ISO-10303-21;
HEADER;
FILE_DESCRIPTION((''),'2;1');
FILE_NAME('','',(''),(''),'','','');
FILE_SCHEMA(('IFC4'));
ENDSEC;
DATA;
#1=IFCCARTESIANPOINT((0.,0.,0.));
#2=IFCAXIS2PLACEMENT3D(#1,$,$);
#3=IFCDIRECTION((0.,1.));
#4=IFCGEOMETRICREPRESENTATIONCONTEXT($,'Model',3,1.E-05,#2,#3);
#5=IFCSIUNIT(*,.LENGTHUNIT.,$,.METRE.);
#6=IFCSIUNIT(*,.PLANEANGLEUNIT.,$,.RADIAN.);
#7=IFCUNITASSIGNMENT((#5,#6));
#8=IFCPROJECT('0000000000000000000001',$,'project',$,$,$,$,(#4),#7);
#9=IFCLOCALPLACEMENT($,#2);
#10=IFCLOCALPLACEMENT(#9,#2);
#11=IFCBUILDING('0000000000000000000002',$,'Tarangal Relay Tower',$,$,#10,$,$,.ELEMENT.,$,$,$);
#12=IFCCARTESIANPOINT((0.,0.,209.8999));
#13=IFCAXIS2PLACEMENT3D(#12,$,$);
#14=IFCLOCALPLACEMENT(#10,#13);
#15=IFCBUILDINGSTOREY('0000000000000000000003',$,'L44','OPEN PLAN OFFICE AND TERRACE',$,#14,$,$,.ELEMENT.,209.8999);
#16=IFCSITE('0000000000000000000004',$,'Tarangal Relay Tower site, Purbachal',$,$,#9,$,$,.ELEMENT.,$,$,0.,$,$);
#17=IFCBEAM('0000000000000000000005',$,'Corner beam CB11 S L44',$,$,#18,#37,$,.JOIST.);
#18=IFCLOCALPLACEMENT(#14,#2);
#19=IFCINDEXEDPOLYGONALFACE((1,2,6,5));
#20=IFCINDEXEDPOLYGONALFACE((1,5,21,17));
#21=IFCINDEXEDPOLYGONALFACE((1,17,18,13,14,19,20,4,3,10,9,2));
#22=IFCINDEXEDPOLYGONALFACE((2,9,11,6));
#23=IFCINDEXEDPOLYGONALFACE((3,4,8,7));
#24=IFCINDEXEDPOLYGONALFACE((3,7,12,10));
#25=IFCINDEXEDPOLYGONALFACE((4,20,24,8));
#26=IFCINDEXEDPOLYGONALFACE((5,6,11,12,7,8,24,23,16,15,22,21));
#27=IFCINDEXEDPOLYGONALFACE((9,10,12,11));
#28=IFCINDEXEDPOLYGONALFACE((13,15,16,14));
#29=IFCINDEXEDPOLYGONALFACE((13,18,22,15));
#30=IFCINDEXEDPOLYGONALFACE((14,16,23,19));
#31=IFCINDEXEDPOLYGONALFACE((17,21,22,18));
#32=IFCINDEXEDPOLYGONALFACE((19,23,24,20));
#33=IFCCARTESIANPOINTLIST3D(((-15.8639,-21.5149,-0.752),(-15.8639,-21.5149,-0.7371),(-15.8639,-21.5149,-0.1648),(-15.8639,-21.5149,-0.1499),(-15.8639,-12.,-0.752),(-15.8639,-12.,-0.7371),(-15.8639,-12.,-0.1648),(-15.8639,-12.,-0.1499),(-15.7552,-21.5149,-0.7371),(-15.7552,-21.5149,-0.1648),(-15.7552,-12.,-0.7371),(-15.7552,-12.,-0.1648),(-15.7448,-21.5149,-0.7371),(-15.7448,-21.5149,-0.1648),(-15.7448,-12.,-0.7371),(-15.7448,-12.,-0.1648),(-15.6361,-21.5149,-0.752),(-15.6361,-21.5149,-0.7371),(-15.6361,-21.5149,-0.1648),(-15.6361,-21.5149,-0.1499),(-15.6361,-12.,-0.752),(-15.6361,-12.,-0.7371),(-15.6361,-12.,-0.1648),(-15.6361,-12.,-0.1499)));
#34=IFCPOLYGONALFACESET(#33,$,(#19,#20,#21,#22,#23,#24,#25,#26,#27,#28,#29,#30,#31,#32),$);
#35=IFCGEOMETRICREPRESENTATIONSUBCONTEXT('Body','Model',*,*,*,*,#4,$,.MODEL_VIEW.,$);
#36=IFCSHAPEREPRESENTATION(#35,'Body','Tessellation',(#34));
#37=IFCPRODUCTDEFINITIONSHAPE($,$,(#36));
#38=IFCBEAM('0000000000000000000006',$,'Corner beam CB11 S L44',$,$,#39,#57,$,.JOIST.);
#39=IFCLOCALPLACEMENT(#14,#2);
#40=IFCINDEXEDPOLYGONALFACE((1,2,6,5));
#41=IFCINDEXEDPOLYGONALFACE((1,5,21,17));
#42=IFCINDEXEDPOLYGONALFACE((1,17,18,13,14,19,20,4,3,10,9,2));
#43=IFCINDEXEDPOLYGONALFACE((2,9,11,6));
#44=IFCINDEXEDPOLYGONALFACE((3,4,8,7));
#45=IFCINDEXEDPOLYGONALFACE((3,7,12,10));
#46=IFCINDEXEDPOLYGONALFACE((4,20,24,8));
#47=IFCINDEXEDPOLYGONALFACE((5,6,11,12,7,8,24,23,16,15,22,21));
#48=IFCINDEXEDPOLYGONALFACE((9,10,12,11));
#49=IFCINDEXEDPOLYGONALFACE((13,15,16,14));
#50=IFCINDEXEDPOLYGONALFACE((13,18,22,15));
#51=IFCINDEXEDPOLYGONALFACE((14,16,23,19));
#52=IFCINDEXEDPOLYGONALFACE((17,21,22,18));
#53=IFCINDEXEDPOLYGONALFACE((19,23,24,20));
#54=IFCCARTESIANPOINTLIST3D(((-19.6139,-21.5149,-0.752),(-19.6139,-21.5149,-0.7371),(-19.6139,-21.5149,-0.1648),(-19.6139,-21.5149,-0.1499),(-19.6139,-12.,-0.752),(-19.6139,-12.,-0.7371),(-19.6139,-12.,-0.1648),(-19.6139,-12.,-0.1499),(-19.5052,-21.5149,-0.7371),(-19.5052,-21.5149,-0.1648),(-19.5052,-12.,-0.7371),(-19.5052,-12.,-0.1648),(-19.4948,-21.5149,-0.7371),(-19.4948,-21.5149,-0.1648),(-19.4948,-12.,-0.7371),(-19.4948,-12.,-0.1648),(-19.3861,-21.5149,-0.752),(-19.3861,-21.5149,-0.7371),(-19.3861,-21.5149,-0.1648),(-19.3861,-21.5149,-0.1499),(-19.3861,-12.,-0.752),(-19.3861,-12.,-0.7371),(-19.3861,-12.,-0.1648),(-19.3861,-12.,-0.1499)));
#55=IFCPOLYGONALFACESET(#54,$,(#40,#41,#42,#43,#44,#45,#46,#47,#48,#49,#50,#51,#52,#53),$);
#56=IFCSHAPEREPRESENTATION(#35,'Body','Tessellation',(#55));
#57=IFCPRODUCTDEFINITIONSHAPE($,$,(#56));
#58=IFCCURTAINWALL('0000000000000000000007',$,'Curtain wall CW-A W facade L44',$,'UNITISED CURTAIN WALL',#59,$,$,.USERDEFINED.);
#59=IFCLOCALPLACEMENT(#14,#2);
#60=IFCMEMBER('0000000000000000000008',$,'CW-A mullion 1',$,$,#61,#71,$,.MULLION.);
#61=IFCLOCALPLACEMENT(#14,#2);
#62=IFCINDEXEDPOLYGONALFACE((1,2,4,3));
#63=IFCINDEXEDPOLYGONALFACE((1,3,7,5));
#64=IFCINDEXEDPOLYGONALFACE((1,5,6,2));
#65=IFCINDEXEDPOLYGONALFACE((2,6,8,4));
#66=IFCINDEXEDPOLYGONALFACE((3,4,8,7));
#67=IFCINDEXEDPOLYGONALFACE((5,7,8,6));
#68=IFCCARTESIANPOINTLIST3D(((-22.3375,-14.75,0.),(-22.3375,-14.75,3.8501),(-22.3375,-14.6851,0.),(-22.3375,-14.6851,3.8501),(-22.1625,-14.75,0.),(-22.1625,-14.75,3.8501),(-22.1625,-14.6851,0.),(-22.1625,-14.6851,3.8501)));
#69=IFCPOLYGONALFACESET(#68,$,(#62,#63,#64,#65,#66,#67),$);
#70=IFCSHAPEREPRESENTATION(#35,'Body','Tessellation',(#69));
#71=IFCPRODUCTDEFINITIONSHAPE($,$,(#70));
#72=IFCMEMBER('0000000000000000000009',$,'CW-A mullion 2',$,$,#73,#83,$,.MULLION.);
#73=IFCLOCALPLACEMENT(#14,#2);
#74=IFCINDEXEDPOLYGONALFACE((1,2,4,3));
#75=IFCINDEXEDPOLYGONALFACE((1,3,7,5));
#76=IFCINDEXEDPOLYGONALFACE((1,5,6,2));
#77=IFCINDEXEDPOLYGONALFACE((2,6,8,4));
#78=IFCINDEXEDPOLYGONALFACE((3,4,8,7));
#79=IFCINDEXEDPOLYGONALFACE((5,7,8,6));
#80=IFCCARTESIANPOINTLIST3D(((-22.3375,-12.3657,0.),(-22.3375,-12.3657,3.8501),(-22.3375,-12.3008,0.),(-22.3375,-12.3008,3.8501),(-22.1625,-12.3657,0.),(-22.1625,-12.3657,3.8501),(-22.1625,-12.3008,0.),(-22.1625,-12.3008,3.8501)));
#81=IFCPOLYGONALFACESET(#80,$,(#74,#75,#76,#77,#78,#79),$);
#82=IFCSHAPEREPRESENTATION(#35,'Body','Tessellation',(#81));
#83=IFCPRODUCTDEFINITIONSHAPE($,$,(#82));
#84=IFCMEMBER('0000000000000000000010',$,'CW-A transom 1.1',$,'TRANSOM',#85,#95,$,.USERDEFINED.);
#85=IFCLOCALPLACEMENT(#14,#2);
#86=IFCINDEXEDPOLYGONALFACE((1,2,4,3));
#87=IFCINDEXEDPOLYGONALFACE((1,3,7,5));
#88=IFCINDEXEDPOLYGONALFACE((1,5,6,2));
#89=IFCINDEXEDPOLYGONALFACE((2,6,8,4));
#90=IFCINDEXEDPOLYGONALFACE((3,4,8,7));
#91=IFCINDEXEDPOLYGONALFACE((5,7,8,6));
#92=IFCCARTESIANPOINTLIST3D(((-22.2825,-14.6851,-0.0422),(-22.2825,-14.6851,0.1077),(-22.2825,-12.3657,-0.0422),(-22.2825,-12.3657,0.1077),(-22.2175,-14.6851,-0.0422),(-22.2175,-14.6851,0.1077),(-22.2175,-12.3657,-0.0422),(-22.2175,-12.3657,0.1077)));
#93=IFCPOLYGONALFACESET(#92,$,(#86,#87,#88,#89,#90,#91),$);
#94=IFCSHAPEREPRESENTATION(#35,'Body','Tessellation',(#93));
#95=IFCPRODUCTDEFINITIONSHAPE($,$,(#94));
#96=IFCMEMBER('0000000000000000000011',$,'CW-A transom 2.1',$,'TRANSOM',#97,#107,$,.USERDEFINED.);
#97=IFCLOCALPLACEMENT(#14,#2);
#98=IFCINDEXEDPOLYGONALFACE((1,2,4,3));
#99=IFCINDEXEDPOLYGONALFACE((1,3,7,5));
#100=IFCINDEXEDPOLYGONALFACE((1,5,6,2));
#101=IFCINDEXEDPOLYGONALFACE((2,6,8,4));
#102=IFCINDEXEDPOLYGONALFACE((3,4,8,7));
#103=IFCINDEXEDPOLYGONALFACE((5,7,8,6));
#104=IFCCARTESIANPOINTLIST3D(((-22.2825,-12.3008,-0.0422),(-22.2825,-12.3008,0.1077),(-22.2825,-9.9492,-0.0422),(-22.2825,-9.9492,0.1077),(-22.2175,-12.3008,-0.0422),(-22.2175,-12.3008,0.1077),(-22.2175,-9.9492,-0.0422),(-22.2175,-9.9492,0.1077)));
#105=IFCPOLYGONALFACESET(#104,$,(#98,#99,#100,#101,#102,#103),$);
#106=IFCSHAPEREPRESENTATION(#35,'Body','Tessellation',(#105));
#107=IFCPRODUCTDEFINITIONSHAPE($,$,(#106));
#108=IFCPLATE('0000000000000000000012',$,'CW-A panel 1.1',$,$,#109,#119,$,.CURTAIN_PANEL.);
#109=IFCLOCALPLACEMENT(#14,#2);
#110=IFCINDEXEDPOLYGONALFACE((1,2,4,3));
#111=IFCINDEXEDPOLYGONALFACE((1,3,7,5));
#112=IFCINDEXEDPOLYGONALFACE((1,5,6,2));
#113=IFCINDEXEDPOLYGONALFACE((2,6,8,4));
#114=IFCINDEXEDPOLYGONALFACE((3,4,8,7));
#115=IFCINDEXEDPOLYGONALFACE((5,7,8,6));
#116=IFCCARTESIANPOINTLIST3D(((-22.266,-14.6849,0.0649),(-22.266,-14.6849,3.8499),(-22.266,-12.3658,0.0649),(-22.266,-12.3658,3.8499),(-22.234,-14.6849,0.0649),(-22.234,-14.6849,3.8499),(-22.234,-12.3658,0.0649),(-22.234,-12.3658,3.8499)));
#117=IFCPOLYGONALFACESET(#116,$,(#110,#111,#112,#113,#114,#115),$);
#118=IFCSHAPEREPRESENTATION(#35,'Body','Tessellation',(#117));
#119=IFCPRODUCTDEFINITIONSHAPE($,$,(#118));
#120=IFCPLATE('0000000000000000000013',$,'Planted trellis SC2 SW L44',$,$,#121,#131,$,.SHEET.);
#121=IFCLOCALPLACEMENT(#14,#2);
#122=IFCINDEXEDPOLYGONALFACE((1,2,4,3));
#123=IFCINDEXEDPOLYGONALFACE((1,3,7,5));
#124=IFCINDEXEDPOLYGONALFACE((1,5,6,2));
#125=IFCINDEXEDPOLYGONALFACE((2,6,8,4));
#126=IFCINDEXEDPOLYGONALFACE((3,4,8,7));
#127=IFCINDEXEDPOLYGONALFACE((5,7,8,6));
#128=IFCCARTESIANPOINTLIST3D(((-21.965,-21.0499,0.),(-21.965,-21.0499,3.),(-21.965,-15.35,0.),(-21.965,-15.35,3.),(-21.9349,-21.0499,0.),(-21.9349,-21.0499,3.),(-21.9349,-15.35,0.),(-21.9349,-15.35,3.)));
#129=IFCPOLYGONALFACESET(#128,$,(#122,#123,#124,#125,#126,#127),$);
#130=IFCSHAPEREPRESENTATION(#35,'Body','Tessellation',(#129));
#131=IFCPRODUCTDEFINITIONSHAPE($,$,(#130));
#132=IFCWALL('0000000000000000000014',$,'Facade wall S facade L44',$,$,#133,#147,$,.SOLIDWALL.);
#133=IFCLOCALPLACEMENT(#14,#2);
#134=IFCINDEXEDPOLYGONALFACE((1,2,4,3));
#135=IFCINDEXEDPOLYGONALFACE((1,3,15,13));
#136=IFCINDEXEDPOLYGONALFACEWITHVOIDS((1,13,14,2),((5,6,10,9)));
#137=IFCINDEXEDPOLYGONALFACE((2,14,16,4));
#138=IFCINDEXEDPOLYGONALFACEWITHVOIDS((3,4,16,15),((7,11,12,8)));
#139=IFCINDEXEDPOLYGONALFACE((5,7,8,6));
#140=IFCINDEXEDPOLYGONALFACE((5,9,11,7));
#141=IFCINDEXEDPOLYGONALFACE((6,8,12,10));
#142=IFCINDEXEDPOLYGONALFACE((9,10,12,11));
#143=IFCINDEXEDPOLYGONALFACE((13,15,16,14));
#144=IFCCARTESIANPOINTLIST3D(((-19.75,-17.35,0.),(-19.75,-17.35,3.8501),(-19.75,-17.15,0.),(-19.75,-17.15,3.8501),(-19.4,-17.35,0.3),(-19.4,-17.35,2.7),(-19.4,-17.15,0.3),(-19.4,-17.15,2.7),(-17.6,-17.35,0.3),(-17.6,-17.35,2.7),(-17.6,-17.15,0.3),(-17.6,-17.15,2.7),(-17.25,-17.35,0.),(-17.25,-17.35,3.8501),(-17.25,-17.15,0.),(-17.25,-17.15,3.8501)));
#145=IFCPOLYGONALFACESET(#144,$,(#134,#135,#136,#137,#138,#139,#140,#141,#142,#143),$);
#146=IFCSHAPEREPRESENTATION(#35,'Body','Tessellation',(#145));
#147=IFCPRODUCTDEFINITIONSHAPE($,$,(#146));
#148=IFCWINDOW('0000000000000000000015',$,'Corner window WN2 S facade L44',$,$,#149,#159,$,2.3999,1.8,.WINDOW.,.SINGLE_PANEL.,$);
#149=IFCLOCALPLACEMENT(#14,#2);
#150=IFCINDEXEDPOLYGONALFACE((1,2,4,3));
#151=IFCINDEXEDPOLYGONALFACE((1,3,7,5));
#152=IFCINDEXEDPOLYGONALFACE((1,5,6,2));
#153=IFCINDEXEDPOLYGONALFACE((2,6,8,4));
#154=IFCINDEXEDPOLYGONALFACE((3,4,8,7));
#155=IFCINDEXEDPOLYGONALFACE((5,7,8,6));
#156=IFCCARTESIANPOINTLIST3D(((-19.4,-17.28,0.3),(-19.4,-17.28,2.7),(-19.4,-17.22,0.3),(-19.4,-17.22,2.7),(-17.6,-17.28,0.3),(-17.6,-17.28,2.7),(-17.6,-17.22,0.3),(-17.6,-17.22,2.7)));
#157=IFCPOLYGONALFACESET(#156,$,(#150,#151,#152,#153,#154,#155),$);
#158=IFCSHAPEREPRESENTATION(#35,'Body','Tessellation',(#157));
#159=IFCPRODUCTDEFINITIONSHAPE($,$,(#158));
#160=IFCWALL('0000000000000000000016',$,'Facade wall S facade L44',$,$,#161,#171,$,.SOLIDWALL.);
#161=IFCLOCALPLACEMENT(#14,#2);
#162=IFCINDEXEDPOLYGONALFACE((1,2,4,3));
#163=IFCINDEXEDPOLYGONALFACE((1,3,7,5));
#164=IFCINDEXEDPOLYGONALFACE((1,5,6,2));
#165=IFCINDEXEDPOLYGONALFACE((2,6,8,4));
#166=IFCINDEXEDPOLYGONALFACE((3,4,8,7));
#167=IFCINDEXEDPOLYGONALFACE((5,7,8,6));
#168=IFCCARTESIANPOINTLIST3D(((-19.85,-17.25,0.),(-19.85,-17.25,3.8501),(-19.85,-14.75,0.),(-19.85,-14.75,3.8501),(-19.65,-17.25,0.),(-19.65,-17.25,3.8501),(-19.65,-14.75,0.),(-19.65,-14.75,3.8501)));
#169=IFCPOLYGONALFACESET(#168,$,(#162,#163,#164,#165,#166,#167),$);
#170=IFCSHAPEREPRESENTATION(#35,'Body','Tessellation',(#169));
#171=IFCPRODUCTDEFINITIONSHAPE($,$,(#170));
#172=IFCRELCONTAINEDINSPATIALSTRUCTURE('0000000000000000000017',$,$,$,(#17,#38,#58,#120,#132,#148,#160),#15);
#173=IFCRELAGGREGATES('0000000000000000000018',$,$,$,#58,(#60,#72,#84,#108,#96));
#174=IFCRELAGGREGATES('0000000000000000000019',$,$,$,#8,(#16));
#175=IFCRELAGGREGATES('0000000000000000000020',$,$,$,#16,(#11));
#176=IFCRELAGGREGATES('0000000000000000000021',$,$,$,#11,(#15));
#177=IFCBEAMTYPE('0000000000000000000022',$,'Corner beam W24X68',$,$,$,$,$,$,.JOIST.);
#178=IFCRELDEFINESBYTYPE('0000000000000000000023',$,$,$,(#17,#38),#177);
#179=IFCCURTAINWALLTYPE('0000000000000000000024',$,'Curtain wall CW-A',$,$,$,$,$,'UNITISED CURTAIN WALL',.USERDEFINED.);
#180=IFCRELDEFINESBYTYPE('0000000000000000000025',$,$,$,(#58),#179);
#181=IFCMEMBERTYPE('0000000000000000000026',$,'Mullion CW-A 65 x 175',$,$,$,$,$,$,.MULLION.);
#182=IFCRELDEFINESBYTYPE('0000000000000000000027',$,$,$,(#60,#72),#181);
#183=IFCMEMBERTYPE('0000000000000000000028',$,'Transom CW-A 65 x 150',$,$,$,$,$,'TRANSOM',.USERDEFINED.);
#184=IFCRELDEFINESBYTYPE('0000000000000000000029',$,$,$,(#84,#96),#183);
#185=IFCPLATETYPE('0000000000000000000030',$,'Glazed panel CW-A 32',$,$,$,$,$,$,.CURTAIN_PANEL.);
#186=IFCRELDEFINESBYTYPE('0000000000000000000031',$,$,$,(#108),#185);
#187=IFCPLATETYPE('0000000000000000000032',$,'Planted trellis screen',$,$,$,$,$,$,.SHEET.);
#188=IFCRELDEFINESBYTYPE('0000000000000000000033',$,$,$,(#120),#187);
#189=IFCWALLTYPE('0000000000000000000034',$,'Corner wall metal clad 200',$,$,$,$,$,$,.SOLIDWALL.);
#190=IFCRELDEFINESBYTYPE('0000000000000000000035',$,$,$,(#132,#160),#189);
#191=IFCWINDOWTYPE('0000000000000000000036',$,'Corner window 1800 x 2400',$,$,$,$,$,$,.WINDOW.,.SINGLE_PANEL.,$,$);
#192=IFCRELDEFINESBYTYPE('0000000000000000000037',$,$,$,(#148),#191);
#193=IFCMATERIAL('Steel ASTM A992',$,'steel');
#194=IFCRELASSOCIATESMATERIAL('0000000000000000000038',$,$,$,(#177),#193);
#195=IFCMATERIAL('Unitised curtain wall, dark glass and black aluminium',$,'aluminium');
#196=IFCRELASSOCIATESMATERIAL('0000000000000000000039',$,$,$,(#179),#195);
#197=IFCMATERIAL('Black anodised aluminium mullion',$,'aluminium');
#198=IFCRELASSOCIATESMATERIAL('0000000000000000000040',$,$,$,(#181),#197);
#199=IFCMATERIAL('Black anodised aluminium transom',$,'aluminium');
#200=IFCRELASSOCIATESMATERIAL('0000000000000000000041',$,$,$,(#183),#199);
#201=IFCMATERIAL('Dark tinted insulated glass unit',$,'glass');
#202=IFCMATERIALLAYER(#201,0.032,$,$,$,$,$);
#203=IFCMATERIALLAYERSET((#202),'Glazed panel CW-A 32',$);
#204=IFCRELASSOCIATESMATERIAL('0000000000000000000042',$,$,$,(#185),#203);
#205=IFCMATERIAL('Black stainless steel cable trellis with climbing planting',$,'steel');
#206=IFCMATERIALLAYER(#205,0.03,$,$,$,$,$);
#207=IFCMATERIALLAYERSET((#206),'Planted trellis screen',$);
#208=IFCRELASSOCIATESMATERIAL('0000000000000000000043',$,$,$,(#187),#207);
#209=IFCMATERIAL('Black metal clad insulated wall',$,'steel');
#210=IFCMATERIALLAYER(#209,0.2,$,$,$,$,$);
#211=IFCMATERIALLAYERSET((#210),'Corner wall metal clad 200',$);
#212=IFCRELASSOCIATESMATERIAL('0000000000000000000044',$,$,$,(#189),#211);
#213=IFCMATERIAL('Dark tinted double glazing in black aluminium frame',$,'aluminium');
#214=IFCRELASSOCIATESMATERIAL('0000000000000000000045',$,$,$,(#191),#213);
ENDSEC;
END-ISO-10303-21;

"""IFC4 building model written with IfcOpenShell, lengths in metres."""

from ifc_helpers import new_model, si_unit, direction, frame, frame_2d, origin, origin_2d, place, context, subcontext, project, spatial, rectangle, i_section, extrude, material, layer, layer_set, material_profile, profile_set, type_object, element, fill, aggregate, save


model = new_model("IFC4")

# Units and contexts
model_context = context("Model", 3, precision=1e-05, world=origin(), true_north=direction((0.0, 1.0)))
body_context = subcontext(model_context, "Body", "Model", "MODEL_VIEW")
ifc_project = project(units=[si_unit("LENGTHUNIT", "METRE"), si_unit("PLANEANGLEUNIT", "RADIAN")], contexts=[model_context])

# Site, building, storey
site_placement = place(None, origin())
site = spatial("IfcSite", under=ifc_project, at=site_placement, Name="Tarangal Relay Tower site, Purbachal", CompositionType="ELEMENT", RefElevation=0.0)
building_placement = place(site_placement, origin())
building = spatial("IfcBuilding", under=site, at=building_placement, Name="Tarangal Relay Tower", CompositionType="ELEMENT")
storey_placement = place(building_placement, frame((0.0, 0.0, 209.8999)))
storey = spatial("IfcBuildingStorey", under=building, at=storey_placement, Name="L44", Description="OPEN PLAN OFFICE AND TERRACE", CompositionType="ELEMENT", Elevation=209.8999)

# Beams
ifc_material_1 = material(Name="Steel ASTM A992", Category="steel")
ifc_material_profile_1 = material_profile(ifc_material_1, i_section(OverallWidth=0.2278, OverallDepth=0.6021, WebThickness=0.0105, FlangeThickness=0.0149, at=origin_2d()), Name="W24X68")
ifc_profile_set_1 = profile_set([ifc_material_profile_1], Name="Steel ASTM A992")
beam_type = type_object("IfcBeamType", Name="Corner beam W24X68", PredefinedType="JOIST", material=ifc_profile_set_1)
for number, where, z_axis, x_axis, name in (
    (1, (-15.75, -12.0, -0.4509), (0.0, -1.0, 0.0), (1.0, 0.0, 0.0), "Corner beam CB11 S L44"),
    (2, (-19.5, -12.0, -0.4509), (0.0, -1.0, 0.0), (1.0, 0.0, 0.0), "Corner beam CB11 S L44"),
):
    element("IfcBeam", number, at=place(storey_placement, frame(where, z_axis=z_axis, x_axis=x_axis)), inside=storey, type_object=beam_type, Name=name, PredefinedType="JOIST", context=body_context, shape_type="SweptSolid", body=[
        extrude(i_section(OverallWidth=0.2278, OverallDepth=0.6021, WebThickness=0.0105, FlangeThickness=0.0149, at=origin_2d()), origin(), (0.0, 0.0, 1.0), 9.5149),
    ])

# Curtain wall, members, plate
ifc_material_2 = material(Name="Unitised curtain wall, dark glass and black aluminium", Category="aluminium")
curtain_wall_type = type_object("IfcCurtainWallType", Name="Curtain wall CW-A", ElementType="UNITISED CURTAIN WALL", PredefinedType="USERDEFINED", material=ifc_material_2)
curtain_wall_placement = place(storey_placement, origin())
curtain_wall = element("IfcCurtainWall", 3, at=curtain_wall_placement, inside=storey, type_object=curtain_wall_type, Name="Curtain wall CW-A W facade L44", ObjectType="UNITISED CURTAIN WALL", PredefinedType="USERDEFINED")
ifc_material_3 = material(Name="Black anodised aluminium mullion", Category="aluminium")
ifc_material_profile_2 = material_profile(ifc_material_3, rectangle(XDim=0.175, YDim=0.0649, at=origin_2d()), Name="CW-AM 65X175")
ifc_profile_set_2 = profile_set([ifc_material_profile_2], Name="Black anodised aluminium mullion")
member_type_1 = type_object("IfcMemberType", Name="Mullion CW-A 65 x 175", PredefinedType="MULLION", material=ifc_profile_set_2)
member_1_placement = place(storey_placement, frame((-22.25, -14.7175, 0.0), z_axis=(0.0, 0.0, 1.0), x_axis=(-1.0, 0.0, 0.0)))
member_1 = element("IfcMember", 4, at=member_1_placement, type_object=member_type_1, Name="CW-A mullion 1", PredefinedType="MULLION", context=body_context, shape_type="SweptSolid", body=[
    extrude(rectangle(XDim=0.175, YDim=0.0649, at=origin_2d()), origin(), (0.0, 0.0, 1.0), 3.8501),
])
member_2_placement = place(storey_placement, frame((-22.25, -12.3333, 0.0), z_axis=(0.0, 0.0, 1.0), x_axis=(-1.0, 0.0, 0.0)))
member_2 = element("IfcMember", 5, at=member_2_placement, type_object=member_type_1, Name="CW-A mullion 2", PredefinedType="MULLION", context=body_context, shape_type="SweptSolid", body=[
    extrude(rectangle(XDim=0.175, YDim=0.0649, at=origin_2d()), origin(), (0.0, 0.0, 1.0), 3.8501),
])
ifc_material_4 = material(Name="Black anodised aluminium transom", Category="aluminium")
ifc_material_profile_3 = material_profile(ifc_material_4, rectangle(XDim=0.0649, YDim=0.1499, at=origin_2d()), Name="CW-AT 65X150")
ifc_profile_set_3 = profile_set([ifc_material_profile_3], Name="Black anodised aluminium transom")
member_type_2 = type_object("IfcMemberType", Name="Transom CW-A 65 x 150", ElementType="TRANSOM", PredefinedType="USERDEFINED", material=ifc_profile_set_3)
member_3_placement = place(storey_placement, frame((-22.25, -14.6851, 0.0327), z_axis=(0.0, 1.0, 0.0), x_axis=(-1.0, 0.0, 0.0)))
member_3 = element("IfcMember", 6, at=member_3_placement, type_object=member_type_2, Name="CW-A transom 1.1", ObjectType="TRANSOM", PredefinedType="USERDEFINED", context=body_context, shape_type="SweptSolid", body=[
    extrude(rectangle(XDim=0.0649, YDim=0.1499, at=origin_2d()), origin(), (0.0, 0.0, 1.0), 2.3193),
])
member_4_placement = place(storey_placement, frame((-22.25, -12.3008, 0.0327), z_axis=(0.0, 1.0, 0.0), x_axis=(-1.0, 0.0, 0.0)))
member_4 = element("IfcMember", 7, at=member_4_placement, type_object=member_type_2, Name="CW-A transom 2.1", ObjectType="TRANSOM", PredefinedType="USERDEFINED", context=body_context, shape_type="SweptSolid", body=[
    extrude(rectangle(XDim=0.0649, YDim=0.1499, at=origin_2d()), origin(), (0.0, 0.0, 1.0), 2.3516),
])
ifc_material_5 = material(Name="Dark tinted insulated glass unit", Category="glass")
ifc_layer_1 = layer(ifc_material_5, 0.032)
ifc_layer_set_1 = layer_set([ifc_layer_1], Name="Glazed panel CW-A 32")
plate_type_1 = type_object("IfcPlateType", Name="Glazed panel CW-A 32", PredefinedType="CURTAIN_PANEL", material=ifc_layer_set_1)
plate_1_placement = place(storey_placement, frame((-22.25, -13.5254, 0.0649), z_axis=(0.0, 0.0, 1.0), x_axis=(0.0, 1.0, 0.0)))
plate_1 = element("IfcPlate", 8, at=plate_1_placement, type_object=plate_type_1, Name="CW-A panel 1.1", PredefinedType="CURTAIN_PANEL", context=body_context, shape_type="SweptSolid", body=[
    extrude(rectangle(XDim=2.3191, YDim=0.032, at=origin_2d()), origin(), (0.0, 0.0, 1.0), 3.7849),
])
aggregate(curtain_wall, [member_1, member_2, member_3, plate_1, member_4])

# Plate
ifc_material_6 = material(Name="Black stainless steel cable trellis with climbing planting", Category="steel")
ifc_layer_2 = layer(ifc_material_6, 0.03)
ifc_layer_set_2 = layer_set([ifc_layer_2], Name="Planted trellis screen")
plate_type_2 = type_object("IfcPlateType", Name="Planted trellis screen", PredefinedType="SHEET", material=ifc_layer_set_2)
plate_2_placement = place(storey_placement, frame((-21.95, -18.2, 0.0), z_axis=(0.0, 0.0, 1.0), x_axis=(0.0, 1.0, 0.0)))
element("IfcPlate", 9, at=plate_2_placement, inside=storey, type_object=plate_type_2, Name="Planted trellis SC2 SW L44", PredefinedType="SHEET", context=body_context, shape_type="SweptSolid", body=[
    extrude(rectangle(XDim=5.7, YDim=0.03, at=origin_2d()), origin(), (0.0, 0.0, 1.0), 3.0),
])

# Wall, opening, window
ifc_material_7 = material(Name="Black metal clad insulated wall", Category="steel")
ifc_layer_3 = layer(ifc_material_7, 0.2)
ifc_layer_set_3 = layer_set([ifc_layer_3], Name="Corner wall metal clad 200")
wall_type_1 = type_object("IfcWallType", Name="Corner wall metal clad 200", PredefinedType="SOLIDWALL", material=ifc_layer_set_3)
wall_1_placement = place(storey_placement, frame((-17.25, -17.25, 0.0), z_axis=(0.0, 0.0, 1.0), x_axis=(-1.0, 0.0, 0.0)))
wall_1 = element("IfcWall", 10, at=wall_1_placement, inside=storey, type_object=wall_type_1, Name="Facade wall S facade L44", PredefinedType="SOLIDWALL", context=body_context, shape_type="SweptSolid", body=[
    extrude(rectangle(XDim=2.5, YDim=0.2, at=frame_2d((1.25, 0.0))), origin(), (0.0, 0.0, 1.0), 3.8501),
])
opening_1_placement = place(wall_1_placement, frame((0.3501, 0.0, 0.3)))
opening_1 = element("IfcOpeningElement", 11, at=opening_1_placement, cuts=wall_1, PredefinedType="OPENING", context=body_context, shape_type="SweptSolid", body=[
    extrude(rectangle(XDim=1.8, YDim=2.3999, at=frame_2d((0.8999, 1.2))), frame((0.0, 0.1099, 0.0), z_axis=(0.0, -1.0, 0.0), x_axis=(1.0, 0.0, 0.0)), (0.0, 0.0, 1.0), 0.22),
])
ifc_material_8 = material(Name="Dark tinted double glazing in black aluminium frame", Category="aluminium")
window_type = type_object("IfcWindowType", Name="Corner window 1800 x 2400", PartitioningType="SINGLE_PANEL", PredefinedType="WINDOW", material=ifc_material_8)
window_1_placement = place(opening_1_placement, origin())
window_1 = element("IfcWindow", 12, at=window_1_placement, inside=storey, type_object=window_type, Name="Corner window WN2 S facade L44", OverallHeight=2.3999, OverallWidth=1.8, PartitioningType="SINGLE_PANEL", PredefinedType="WINDOW", context=body_context, shape_type="SweptSolid", body=[
    extrude(rectangle(XDim=1.8, YDim=2.3999, at=frame_2d((0.8999, 1.2))), frame((0.0, 0.03, 0.0), z_axis=(0.0, -1.0, 0.0), x_axis=(1.0, 0.0, 0.0)), (0.0, 0.0, 1.0), 0.0601),
])
fill(opening_1, window_1)

# Wall
wall_2_placement = place(storey_placement, frame((-19.75, -17.25, 0.0), z_axis=(0.0, 0.0, 1.0), x_axis=(0.0, 1.0, 0.0)))
element("IfcWall", 13, at=wall_2_placement, inside=storey, type_object=wall_type_1, Name="Facade wall S facade L44", PredefinedType="SOLIDWALL", context=body_context, shape_type="SweptSolid", body=[
    extrude(rectangle(XDim=2.5, YDim=0.2, at=frame_2d((1.25, 0.0))), origin(), (0.0, 0.0, 1.0), 3.8501),
])

save(model, "model.ifc")
